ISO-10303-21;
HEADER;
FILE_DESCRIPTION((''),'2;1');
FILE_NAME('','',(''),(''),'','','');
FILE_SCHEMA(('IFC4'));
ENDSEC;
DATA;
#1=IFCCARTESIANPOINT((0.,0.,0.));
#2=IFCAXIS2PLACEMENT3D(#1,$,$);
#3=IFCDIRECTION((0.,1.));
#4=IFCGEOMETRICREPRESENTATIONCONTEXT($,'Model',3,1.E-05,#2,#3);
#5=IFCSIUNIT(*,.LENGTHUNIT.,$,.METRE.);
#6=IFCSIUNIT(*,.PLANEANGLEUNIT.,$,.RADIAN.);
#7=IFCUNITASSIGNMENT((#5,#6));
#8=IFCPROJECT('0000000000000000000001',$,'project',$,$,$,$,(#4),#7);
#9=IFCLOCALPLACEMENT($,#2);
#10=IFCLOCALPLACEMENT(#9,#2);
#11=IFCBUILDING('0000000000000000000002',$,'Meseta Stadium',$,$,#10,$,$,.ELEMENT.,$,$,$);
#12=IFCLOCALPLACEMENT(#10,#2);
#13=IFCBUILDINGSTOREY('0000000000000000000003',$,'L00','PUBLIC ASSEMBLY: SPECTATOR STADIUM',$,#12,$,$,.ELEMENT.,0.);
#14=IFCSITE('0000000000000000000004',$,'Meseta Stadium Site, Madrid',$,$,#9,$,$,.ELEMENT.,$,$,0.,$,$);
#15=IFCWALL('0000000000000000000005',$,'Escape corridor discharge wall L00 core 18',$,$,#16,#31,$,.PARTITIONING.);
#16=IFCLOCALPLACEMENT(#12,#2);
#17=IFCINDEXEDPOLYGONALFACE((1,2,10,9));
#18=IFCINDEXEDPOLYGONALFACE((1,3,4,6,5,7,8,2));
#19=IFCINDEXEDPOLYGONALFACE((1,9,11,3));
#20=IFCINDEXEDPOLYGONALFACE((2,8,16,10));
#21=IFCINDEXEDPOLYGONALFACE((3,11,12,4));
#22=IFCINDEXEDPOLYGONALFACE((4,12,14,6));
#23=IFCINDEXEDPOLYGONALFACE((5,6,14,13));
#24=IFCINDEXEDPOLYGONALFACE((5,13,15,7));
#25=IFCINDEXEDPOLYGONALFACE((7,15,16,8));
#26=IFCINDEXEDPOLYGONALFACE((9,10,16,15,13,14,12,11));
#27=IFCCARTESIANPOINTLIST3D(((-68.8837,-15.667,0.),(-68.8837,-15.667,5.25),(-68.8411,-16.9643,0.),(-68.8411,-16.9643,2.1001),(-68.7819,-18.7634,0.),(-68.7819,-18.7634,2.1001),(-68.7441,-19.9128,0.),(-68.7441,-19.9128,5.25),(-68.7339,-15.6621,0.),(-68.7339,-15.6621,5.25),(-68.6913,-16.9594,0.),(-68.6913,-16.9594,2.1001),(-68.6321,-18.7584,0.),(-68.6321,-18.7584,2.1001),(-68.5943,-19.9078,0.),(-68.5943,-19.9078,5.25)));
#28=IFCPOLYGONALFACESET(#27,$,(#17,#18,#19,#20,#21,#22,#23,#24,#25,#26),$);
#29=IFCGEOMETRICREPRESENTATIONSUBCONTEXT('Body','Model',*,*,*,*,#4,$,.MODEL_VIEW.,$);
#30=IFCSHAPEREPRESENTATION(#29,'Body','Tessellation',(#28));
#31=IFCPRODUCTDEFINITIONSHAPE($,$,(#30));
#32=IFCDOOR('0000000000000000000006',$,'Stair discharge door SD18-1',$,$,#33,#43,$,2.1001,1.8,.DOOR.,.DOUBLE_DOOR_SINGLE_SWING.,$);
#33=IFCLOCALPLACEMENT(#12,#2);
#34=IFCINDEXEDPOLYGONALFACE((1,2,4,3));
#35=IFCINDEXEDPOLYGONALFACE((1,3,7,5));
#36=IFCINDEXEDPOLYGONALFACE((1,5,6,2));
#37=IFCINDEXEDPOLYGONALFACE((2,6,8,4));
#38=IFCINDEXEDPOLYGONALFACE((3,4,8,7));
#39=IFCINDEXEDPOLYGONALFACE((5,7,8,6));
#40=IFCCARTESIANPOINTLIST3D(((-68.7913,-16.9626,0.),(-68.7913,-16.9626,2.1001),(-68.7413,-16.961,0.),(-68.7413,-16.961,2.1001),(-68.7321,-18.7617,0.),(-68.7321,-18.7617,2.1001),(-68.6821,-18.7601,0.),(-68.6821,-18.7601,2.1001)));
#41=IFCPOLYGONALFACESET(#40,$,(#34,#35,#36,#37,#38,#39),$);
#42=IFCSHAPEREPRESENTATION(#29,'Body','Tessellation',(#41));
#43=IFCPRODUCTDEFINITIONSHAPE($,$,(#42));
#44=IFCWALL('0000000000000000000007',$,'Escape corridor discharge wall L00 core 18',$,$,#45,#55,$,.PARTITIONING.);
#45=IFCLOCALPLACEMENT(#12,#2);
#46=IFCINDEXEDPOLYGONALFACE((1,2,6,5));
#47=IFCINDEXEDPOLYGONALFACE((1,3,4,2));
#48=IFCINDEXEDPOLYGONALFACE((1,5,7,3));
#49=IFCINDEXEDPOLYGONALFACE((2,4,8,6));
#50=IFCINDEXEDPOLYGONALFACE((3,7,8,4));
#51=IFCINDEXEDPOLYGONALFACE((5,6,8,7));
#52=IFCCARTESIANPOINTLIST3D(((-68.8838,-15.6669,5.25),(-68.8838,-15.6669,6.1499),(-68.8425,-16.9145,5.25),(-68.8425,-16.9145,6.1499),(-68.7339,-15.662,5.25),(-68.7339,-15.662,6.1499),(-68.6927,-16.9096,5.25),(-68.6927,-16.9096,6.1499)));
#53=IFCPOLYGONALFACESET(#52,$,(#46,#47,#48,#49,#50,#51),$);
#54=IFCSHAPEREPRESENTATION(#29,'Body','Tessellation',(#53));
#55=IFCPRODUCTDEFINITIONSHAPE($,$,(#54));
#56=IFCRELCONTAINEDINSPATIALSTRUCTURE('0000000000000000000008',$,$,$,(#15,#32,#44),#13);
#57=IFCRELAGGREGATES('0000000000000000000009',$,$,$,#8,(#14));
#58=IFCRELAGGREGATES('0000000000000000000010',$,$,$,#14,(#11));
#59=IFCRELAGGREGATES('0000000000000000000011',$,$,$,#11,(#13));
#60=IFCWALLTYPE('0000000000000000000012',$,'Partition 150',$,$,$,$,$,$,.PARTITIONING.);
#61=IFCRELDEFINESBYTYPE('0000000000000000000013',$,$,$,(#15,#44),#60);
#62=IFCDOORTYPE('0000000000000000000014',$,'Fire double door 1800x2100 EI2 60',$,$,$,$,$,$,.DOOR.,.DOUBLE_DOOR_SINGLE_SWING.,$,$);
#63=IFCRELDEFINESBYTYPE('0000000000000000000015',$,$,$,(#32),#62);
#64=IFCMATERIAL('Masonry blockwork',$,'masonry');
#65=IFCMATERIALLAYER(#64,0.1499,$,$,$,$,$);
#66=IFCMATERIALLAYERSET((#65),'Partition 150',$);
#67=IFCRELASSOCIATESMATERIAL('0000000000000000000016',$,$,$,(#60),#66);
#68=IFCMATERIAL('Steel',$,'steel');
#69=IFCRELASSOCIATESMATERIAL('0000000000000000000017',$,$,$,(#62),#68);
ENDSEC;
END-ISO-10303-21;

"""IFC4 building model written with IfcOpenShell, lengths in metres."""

from ifc_helpers import new_model, si_unit, direction, frame, frame_2d, origin, place, context, subcontext, project, spatial, rectangle, extrude, material, layer, layer_set, type_object, element, fill, save


model = new_model("IFC4")

# Units and contexts
model_context = context("Model", 3, precision=1e-05, world=origin(), true_north=direction((0.0, 1.0)))
body_context = subcontext(model_context, "Body", "Model", "MODEL_VIEW")
ifc_project = project(units=[si_unit("LENGTHUNIT", "METRE"), si_unit("PLANEANGLEUNIT", "RADIAN")], contexts=[model_context])

# Site, building, storey
site_placement = place(None, origin())
site = spatial("IfcSite", under=ifc_project, at=site_placement, Name="Meseta Stadium Site, Madrid", CompositionType="ELEMENT", RefElevation=0.0)
building_placement = place(site_placement, origin())
building = spatial("IfcBuilding", under=site, at=building_placement, Name="Meseta Stadium", CompositionType="ELEMENT")
storey_placement = place(building_placement, origin())
storey = spatial("IfcBuildingStorey", under=building, at=storey_placement, Name="L00", Description="PUBLIC ASSEMBLY: SPECTATOR STADIUM", CompositionType="ELEMENT", Elevation=0.0)

# Shared definitions
ifc_material_1 = material(Name="Masonry blockwork", Category="masonry")
ifc_layer = layer(ifc_material_1, 0.1499)
ifc_layer_set = layer_set([ifc_layer], Name="Partition 150")
wall_type = type_object("IfcWallType", Name="Partition 150", PredefinedType="PARTITIONING", material=ifc_layer_set)

# Shared definitions
ifc_material_2 = material(Name="Steel", Category="steel")
door_type_1 = type_object("IfcDoorType", Name="Fire double door 1800x2100 EI2 60", OperationType="DOUBLE_DOOR_SINGLE_SWING", PredefinedType="DOOR", material=ifc_material_2)

# Wall, opening, door
wall_1_placement = place(storey_placement, frame((-68.8088, -15.6646, 0.0), z_axis=(0.0, 0.0, 1.0), x_axis=(0.032873, -0.99946, 0.0)))
wall_1 = element("IfcWall", 1, at=wall_1_placement, inside=storey, type_object=wall_type, Name="Escape corridor discharge wall L00 core 18", PredefinedType="PARTITIONING", context=body_context, shape_type="SweptSolid", body=[
    extrude(rectangle(XDim=4.248, YDim=0.1499, at=frame_2d((2.124, 0.0))), origin(), (0.0, 0.0, 1.0), 5.25),
])
opening_1_placement = place(wall_1_placement, frame((1.2981, 0.0, 0.0)))
opening_1 = element("IfcOpeningElement", 2, at=opening_1_placement, cuts=wall_1, PredefinedType="OPENING", context=body_context, shape_type="SweptSolid", body=[
    extrude(rectangle(XDim=1.8, YDim=2.1001, at=frame_2d((0.8999, 1.05))), frame((0.0, 0.085, 0.0), z_axis=(0.0, -1.0, 0.0), x_axis=(1.0, 0.0, 0.0)), (0.0, 0.0, 1.0), 0.1699),
])
door_1_placement = place(opening_1_placement, origin())
door_1 = element("IfcDoor", 3, at=door_1_placement, inside=storey, type_object=door_type_1, Name="Stair discharge door SD18-1", OperationType="DOUBLE_DOOR_SINGLE_SWING", OverallHeight=2.1001, OverallWidth=1.8, PredefinedType="DOOR", context=body_context, shape_type="SweptSolid", body=[
    extrude(rectangle(XDim=1.8, YDim=2.1001, at=frame_2d((0.8999, 1.05))), frame((0.0, 0.0249, 0.0), z_axis=(0.0, -1.0, 0.0), x_axis=(1.0, 0.0, 0.0)), (0.0, 0.0, 1.0), 0.05),
])
fill(opening_1, door_1)

# Wall
wall_2_placement = place(storey_placement, frame((-68.8088, -15.6646, 5.25), z_axis=(0.0, 0.0, 1.0), x_axis=(0.033054, -0.999454, 0.0)))
element("IfcWall", 4, at=wall_2_placement, inside=storey, type_object=wall_type, Name="Escape corridor discharge wall L00 core 18", PredefinedType="PARTITIONING", context=body_context, shape_type="SweptSolid", body=[
    extrude(rectangle(XDim=1.2483, YDim=0.1499, at=frame_2d((0.624, 0.0))), origin(), (0.0, 0.0, 1.0), 0.8999),
])

save(model, "model.ifc")
